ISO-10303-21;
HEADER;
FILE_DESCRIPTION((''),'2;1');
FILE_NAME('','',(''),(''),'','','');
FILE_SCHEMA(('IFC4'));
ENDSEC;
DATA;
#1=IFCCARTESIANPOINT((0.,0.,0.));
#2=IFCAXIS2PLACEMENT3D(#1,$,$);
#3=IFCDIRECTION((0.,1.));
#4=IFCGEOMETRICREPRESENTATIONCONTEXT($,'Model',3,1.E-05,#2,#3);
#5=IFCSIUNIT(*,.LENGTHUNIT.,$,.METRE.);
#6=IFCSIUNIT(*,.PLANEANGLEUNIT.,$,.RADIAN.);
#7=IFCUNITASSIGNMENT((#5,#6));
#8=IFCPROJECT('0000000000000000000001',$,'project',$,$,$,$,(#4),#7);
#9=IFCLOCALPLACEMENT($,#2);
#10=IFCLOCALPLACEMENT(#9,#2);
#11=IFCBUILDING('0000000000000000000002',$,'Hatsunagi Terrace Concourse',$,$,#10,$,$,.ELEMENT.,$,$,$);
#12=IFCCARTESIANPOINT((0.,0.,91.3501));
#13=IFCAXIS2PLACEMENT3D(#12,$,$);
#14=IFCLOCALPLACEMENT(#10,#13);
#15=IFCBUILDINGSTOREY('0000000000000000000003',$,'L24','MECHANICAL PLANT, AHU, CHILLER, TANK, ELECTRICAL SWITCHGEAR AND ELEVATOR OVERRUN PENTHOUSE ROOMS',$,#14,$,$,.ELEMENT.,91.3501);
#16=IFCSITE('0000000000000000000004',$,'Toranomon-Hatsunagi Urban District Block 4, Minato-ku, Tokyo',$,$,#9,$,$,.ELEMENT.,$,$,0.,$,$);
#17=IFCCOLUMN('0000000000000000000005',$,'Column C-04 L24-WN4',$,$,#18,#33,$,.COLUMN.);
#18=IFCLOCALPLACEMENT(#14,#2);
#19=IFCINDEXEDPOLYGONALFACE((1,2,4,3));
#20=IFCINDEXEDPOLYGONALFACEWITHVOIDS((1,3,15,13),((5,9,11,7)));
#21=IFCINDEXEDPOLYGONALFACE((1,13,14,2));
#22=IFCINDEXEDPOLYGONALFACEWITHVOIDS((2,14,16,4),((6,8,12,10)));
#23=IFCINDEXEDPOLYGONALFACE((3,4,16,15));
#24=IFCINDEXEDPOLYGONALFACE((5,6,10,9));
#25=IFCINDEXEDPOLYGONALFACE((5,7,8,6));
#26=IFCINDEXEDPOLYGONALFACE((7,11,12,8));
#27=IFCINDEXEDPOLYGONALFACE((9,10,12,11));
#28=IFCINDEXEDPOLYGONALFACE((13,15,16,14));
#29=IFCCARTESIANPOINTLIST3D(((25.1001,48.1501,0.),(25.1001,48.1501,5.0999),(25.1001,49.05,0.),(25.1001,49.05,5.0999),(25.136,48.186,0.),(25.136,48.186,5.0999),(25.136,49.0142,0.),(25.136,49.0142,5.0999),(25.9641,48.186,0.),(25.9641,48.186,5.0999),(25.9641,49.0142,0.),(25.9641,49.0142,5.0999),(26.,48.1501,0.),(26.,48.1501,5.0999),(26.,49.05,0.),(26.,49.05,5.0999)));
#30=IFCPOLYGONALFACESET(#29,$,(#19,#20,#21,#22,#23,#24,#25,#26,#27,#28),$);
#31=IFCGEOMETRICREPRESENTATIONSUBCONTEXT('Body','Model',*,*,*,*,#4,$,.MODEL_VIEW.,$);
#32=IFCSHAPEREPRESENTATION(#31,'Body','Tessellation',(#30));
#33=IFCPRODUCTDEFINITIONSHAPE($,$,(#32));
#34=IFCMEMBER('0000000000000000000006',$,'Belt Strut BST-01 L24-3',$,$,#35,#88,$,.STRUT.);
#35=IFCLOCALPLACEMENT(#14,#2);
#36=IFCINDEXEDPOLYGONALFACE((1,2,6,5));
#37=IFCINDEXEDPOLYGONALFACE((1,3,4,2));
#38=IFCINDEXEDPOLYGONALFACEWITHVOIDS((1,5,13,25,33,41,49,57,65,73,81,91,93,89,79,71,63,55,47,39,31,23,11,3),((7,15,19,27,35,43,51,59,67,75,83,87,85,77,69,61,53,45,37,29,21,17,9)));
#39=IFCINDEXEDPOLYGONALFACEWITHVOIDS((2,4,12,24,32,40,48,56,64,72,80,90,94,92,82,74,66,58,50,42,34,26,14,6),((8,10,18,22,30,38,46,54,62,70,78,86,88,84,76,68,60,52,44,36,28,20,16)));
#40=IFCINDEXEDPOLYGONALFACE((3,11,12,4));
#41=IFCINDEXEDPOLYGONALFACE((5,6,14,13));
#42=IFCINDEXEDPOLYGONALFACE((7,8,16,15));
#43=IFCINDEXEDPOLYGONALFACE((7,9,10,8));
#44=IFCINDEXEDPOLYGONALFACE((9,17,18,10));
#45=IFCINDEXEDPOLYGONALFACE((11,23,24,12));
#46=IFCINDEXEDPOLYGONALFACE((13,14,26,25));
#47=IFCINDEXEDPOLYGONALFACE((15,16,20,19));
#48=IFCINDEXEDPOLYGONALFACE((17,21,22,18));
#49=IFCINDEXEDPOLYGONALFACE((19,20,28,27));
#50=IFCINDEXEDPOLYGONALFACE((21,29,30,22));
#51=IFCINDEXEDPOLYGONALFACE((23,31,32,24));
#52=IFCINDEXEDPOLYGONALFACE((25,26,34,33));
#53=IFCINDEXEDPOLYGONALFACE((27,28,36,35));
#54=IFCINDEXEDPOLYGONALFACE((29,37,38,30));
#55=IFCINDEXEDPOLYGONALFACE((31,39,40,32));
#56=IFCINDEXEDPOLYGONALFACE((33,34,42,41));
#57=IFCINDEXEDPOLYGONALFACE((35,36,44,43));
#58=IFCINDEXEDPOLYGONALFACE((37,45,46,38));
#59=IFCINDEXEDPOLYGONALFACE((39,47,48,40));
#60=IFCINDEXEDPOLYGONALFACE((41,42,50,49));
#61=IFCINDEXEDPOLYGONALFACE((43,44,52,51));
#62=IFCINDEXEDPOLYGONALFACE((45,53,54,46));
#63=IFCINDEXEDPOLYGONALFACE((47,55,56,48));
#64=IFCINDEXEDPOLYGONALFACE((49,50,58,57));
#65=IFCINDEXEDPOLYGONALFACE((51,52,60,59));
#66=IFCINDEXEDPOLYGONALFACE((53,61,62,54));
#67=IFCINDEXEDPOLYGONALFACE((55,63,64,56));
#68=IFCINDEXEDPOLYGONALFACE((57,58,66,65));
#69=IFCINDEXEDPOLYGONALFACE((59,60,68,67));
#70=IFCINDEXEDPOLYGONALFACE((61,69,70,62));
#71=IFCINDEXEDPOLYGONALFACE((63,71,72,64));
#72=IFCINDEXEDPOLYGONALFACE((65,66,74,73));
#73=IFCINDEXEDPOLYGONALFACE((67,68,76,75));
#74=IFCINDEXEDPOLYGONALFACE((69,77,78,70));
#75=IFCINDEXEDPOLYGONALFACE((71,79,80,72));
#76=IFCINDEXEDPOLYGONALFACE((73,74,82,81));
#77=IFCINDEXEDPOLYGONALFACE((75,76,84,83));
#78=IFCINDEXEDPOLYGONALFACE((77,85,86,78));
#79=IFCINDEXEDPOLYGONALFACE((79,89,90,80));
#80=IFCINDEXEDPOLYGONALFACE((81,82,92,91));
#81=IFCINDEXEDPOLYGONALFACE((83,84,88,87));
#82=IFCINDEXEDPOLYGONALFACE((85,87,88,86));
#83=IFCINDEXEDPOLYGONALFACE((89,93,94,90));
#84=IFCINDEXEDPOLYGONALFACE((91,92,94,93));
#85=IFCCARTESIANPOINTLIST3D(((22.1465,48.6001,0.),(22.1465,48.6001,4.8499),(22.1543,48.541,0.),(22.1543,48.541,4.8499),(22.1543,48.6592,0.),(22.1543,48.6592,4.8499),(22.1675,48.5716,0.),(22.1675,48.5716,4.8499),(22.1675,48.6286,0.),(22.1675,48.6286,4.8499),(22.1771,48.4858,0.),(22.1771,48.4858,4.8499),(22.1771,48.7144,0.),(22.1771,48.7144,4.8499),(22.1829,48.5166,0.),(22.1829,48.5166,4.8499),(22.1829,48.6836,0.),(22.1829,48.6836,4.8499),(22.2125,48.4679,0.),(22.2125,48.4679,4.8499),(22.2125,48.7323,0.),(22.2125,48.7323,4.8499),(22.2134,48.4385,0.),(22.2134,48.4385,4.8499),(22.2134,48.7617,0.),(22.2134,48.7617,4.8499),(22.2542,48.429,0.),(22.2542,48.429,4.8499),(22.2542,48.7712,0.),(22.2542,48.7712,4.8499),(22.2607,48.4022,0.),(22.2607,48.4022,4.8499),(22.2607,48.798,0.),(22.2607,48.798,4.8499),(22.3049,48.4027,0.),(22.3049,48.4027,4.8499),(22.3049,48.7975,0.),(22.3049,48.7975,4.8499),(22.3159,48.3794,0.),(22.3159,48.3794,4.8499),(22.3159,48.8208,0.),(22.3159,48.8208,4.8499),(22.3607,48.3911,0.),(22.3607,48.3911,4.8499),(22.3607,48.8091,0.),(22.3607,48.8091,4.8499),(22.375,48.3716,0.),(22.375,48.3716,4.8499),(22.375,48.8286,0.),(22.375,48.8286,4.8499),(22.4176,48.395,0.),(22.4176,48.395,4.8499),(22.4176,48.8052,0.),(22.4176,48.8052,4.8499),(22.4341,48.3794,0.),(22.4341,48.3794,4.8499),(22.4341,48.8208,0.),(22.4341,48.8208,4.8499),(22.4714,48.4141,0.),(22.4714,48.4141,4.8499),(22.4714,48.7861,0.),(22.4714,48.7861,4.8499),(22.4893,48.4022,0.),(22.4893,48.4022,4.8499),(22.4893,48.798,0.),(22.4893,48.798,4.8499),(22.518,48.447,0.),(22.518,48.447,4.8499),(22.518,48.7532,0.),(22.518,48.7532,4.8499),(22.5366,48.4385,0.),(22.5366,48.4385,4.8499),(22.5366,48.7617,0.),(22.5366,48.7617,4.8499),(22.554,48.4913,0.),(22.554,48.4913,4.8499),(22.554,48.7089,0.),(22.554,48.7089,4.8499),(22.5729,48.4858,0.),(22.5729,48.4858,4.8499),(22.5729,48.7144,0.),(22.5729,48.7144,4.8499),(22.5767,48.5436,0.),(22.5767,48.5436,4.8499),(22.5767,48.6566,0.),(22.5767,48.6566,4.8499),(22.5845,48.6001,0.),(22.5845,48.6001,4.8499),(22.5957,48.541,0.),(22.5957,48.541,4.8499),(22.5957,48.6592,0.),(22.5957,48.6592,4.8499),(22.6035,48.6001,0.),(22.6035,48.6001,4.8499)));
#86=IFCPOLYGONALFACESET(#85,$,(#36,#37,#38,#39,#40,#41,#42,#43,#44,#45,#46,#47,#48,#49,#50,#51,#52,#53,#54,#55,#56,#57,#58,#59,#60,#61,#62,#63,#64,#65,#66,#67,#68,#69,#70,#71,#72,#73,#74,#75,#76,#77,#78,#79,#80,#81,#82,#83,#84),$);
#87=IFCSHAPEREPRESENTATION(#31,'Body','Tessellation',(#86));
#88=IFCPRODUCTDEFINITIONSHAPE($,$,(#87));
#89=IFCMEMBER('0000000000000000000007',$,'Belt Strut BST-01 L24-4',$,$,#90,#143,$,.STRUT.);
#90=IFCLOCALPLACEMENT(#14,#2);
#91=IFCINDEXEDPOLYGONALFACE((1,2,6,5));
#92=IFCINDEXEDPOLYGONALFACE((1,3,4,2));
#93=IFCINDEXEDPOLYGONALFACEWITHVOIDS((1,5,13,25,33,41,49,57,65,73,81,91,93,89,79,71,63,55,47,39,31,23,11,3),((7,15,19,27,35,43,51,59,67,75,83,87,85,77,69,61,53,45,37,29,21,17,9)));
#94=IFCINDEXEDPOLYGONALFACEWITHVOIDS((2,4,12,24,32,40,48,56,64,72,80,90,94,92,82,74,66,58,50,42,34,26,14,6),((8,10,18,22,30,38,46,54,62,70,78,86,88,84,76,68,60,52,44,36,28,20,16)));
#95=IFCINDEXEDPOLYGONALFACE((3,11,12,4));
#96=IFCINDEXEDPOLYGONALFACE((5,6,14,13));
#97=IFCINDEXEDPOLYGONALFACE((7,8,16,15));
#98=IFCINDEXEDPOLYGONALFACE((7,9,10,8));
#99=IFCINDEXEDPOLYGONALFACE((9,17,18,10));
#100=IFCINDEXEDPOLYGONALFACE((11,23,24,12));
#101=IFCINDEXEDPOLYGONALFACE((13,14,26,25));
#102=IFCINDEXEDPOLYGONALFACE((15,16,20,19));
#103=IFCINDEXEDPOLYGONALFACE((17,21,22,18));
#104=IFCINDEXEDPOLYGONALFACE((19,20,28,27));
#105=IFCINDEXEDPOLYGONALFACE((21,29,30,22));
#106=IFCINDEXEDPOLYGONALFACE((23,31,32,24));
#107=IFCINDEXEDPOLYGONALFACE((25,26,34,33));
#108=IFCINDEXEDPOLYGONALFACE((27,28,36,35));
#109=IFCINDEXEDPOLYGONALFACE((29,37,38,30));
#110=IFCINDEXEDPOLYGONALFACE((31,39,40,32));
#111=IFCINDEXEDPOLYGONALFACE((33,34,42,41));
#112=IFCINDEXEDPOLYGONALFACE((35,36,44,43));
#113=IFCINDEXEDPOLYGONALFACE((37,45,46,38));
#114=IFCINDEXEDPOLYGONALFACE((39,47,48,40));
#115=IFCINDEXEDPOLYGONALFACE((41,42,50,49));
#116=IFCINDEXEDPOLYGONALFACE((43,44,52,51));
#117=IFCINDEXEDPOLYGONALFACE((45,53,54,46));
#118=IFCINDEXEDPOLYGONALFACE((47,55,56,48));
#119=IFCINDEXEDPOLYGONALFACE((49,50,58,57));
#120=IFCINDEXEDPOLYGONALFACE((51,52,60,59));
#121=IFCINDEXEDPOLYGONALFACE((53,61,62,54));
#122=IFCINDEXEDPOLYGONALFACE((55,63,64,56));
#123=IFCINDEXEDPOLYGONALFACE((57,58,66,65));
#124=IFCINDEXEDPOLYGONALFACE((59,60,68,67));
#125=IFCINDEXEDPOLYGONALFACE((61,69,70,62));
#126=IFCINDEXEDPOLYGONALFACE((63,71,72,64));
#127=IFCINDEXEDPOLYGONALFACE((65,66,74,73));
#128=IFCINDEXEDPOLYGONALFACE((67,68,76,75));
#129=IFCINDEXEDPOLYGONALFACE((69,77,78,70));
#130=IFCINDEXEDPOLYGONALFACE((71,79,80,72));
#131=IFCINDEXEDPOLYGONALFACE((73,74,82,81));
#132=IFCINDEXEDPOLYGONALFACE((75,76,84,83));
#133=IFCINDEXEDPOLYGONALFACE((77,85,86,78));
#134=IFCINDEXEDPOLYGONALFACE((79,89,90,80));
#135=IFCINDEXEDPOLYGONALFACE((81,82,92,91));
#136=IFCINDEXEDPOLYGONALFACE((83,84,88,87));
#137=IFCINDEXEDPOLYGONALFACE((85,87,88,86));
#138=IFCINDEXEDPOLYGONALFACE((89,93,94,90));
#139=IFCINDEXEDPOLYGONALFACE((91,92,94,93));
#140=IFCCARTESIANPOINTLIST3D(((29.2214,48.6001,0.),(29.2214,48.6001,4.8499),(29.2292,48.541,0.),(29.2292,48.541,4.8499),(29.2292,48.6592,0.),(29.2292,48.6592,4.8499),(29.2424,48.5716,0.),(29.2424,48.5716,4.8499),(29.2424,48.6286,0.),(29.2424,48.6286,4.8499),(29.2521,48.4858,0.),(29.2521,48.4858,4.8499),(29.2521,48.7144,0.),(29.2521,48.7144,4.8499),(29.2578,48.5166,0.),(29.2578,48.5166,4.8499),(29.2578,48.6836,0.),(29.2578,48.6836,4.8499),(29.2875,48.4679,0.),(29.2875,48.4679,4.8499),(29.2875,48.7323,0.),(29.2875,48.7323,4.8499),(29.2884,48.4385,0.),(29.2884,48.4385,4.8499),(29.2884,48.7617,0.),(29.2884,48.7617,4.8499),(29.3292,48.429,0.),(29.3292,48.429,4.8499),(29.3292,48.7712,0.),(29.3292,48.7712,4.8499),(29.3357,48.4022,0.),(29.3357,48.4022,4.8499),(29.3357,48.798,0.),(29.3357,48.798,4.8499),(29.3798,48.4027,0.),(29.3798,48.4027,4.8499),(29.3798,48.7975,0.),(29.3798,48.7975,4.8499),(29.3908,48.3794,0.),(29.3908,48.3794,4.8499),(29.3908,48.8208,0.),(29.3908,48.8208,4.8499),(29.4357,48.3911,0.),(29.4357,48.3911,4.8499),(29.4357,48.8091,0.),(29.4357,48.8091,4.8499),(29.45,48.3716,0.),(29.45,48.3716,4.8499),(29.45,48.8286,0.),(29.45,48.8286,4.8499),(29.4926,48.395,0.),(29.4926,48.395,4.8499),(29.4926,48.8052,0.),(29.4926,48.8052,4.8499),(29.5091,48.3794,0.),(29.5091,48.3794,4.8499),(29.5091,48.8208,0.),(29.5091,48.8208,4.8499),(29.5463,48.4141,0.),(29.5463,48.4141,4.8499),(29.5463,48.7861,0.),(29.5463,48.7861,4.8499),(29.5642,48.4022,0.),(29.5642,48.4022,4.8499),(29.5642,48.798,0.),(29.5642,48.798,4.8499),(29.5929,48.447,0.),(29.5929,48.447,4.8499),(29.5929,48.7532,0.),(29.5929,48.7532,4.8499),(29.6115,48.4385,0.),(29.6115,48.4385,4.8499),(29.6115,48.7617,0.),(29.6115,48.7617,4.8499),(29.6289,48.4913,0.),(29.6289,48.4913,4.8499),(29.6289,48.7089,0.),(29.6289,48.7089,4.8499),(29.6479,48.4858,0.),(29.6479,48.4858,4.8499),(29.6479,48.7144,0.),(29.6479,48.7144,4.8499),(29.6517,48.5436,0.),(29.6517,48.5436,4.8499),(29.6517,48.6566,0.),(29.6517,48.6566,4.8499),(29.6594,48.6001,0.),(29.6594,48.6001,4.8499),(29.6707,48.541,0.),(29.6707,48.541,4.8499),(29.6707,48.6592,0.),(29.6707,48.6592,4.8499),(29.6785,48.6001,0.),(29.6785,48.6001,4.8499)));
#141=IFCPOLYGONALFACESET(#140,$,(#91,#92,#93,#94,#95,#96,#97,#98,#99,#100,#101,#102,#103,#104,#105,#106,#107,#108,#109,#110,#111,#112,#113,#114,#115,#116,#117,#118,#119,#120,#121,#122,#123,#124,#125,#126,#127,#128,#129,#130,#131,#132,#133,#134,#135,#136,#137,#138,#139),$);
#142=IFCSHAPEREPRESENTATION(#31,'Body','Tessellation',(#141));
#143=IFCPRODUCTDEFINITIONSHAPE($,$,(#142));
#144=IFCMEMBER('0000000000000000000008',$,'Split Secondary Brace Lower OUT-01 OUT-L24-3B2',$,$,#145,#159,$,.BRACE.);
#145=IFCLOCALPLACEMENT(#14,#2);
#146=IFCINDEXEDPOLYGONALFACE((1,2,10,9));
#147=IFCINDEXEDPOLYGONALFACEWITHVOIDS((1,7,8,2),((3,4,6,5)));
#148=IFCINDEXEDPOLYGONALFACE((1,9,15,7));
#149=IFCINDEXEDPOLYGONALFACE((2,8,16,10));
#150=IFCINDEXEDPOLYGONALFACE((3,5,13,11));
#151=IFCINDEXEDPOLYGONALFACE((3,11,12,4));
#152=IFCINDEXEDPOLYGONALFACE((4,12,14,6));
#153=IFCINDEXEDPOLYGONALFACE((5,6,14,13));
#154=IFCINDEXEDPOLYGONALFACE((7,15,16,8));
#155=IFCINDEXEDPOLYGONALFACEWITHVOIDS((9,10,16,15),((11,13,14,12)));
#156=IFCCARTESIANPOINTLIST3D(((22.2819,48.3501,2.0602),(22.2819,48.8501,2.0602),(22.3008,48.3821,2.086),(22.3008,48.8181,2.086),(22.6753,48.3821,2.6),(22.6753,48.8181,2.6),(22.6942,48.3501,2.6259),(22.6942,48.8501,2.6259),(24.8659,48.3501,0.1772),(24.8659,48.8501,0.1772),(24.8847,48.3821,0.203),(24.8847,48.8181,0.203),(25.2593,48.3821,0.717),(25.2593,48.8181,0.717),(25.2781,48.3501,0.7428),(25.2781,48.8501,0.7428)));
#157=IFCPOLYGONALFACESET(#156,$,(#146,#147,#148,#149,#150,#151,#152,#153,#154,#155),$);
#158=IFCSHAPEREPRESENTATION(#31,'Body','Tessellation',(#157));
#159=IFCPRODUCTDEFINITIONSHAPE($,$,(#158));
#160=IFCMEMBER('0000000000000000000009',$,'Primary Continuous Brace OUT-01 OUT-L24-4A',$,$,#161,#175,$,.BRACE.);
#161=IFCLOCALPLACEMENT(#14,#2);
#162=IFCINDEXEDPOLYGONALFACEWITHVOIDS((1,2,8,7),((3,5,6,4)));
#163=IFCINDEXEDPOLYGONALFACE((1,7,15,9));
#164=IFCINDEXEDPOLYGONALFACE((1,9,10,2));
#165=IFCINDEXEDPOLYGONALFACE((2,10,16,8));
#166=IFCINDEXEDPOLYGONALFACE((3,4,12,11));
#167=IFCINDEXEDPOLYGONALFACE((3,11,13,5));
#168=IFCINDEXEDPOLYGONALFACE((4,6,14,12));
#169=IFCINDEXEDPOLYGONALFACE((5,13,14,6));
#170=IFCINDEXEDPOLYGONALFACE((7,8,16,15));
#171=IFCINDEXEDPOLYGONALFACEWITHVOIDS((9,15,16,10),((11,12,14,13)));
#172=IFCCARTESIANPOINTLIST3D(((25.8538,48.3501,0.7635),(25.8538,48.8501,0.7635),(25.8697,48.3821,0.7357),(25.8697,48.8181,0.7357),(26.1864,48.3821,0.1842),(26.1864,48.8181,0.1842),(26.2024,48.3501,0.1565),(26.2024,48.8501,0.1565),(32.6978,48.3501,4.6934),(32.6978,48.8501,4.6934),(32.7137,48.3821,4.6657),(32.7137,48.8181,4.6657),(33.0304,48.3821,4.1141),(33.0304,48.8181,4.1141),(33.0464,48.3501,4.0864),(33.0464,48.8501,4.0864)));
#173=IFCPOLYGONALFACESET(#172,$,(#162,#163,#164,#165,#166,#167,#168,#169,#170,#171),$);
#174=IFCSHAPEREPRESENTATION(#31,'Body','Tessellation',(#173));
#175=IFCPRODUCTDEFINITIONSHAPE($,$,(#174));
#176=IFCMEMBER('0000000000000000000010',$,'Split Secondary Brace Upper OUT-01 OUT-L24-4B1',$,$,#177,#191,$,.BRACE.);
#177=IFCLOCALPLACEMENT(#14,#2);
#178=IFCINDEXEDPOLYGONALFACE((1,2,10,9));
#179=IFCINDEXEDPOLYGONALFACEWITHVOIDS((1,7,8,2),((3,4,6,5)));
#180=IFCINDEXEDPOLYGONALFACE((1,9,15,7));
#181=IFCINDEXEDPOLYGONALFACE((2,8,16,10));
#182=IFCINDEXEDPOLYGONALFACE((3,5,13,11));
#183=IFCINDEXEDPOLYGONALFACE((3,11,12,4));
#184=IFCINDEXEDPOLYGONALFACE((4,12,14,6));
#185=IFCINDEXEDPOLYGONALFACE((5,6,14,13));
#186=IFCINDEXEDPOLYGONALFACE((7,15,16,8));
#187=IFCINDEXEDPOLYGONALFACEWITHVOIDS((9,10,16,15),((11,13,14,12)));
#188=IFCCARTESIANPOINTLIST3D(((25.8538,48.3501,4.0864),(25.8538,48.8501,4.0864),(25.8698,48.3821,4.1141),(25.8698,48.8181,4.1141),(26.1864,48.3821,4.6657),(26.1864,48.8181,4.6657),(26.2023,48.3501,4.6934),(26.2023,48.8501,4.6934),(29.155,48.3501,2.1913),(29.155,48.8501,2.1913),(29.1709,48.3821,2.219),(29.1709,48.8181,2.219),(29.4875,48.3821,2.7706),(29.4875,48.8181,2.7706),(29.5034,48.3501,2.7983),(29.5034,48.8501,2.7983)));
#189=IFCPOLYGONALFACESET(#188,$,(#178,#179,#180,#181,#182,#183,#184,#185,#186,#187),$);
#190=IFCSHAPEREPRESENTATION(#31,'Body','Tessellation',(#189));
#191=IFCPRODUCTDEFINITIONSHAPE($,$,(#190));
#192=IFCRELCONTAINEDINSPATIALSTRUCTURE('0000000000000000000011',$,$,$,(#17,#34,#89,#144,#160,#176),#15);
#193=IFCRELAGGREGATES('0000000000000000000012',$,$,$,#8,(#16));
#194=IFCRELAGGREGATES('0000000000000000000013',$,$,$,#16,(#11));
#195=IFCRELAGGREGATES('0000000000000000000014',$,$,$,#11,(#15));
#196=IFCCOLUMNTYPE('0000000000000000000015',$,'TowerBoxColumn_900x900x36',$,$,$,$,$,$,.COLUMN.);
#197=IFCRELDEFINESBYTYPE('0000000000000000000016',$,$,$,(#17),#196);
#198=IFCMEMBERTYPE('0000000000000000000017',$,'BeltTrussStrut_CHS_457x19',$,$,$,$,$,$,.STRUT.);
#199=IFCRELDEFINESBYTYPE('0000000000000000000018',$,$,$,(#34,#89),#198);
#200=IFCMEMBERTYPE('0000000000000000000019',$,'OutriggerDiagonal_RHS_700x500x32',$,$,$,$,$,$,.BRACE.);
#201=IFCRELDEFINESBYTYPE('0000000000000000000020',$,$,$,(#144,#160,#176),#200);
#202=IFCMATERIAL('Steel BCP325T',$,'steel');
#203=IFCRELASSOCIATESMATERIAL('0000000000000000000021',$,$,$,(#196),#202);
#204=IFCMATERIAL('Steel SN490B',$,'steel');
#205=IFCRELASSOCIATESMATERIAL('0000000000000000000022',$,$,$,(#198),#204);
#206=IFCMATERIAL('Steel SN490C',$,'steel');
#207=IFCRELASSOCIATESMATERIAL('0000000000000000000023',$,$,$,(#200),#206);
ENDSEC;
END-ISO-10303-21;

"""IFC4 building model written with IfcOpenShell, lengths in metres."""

from ifc_helpers import new_model, si_unit, direction, frame, origin, origin_2d, place, context, subcontext, project, spatial, hollow_rectangle, hollow_circle, extrude, material, material_profile, profile_set, type_object, element, save


model = new_model("IFC4")

# Units and contexts
model_context = context("Model", 3, precision=1e-05, world=origin(), true_north=direction((0.0, 1.0)))
body_context = subcontext(model_context, "Body", "Model", "MODEL_VIEW")
ifc_project = project(units=[si_unit("LENGTHUNIT", "METRE"), si_unit("PLANEANGLEUNIT", "RADIAN")], contexts=[model_context])

# Site, building, storey
site_placement = place(None, origin())
site = spatial("IfcSite", under=ifc_project, at=site_placement, Name="Toranomon-Hatsunagi Urban District Block 4, Minato-ku, Tokyo", CompositionType="ELEMENT", RefElevation=0.0)
building_placement = place(site_placement, origin())
building = spatial("IfcBuilding", under=site, at=building_placement, Name="Hatsunagi Terrace Concourse", CompositionType="ELEMENT")
storey_placement = place(building_placement, frame((0.0, 0.0, 91.3501)))
storey = spatial("IfcBuildingStorey", under=building, at=storey_placement, Name="L24", Description="MECHANICAL PLANT, AHU, CHILLER, TANK, ELECTRICAL SWITCHGEAR AND ELEVATOR OVERRUN PENTHOUSE ROOMS", CompositionType="ELEMENT", Elevation=91.3501)

# Column
ifc_material_1 = material(Name="Steel BCP325T", Category="steel")
ifc_material_profile_1 = material_profile(ifc_material_1, hollow_rectangle(XDim=0.8999, YDim=0.8999, WallThickness=0.0359, at=origin_2d()), Name="BCP-900x900x36")
ifc_profile_set_1 = profile_set([ifc_material_profile_1], Name="Steel BCP325T")
column_type = type_object("IfcColumnType", Name="TowerBoxColumn_900x900x36", PredefinedType="COLUMN", material=ifc_profile_set_1)
column_placement = place(storey_placement, frame((25.55, 48.6001, 0.0), z_axis=(0.0, 0.0, 1.0), x_axis=(1.0, 0.0, 0.0)))
element("IfcColumn", 1, at=column_placement, inside=storey, type_object=column_type, Name="Column C-04 L24-WN4", PredefinedType="COLUMN", context=body_context, shape_type="SweptSolid", body=[
    extrude(hollow_rectangle(XDim=0.8999, YDim=0.8999, WallThickness=0.0359, at=origin_2d()), origin(), (0.0, 0.0, 1.0), 5.0999),
])

# Members
ifc_material_2 = material(Name="Steel SN490B", Category="steel")
ifc_material_profile_2 = material_profile(ifc_material_2, hollow_circle(Radius=0.2285, WallThickness=0.019, at=origin_2d()), Name="CHS-457.2x19")
ifc_profile_set_2 = profile_set([ifc_material_profile_2], Name="Steel SN490B")
member_type_1 = type_object("IfcMemberType", Name="BeltTrussStrut_CHS_457x19", PredefinedType="STRUT", material=ifc_profile_set_2)
for number, where, z_axis, x_axis, name in (
    (2, (22.375, 48.6001, 0.0), (0.0, 0.0, 1.0), (1.0, 0.0, 0.0), "Belt Strut BST-01 L24-3"),
    (3, (29.45, 48.6001, 0.0), (0.0, 0.0, 1.0), (1.0, 0.0, 0.0), "Belt Strut BST-01 L24-4"),
):
    element("IfcMember", number, at=place(storey_placement, frame(where, z_axis=z_axis, x_axis=x_axis)), inside=storey, type_object=member_type_1, Name=name, PredefinedType="STRUT", context=body_context, shape_type="SweptSolid", body=[
        extrude(hollow_circle(Radius=0.2285, WallThickness=0.019, at=origin_2d()), origin(), (0.0, 0.0, 1.0), 4.8499),
    ])
ifc_material_3 = material(Name="Steel SN490C", Category="steel")
ifc_material_profile_3 = material_profile(ifc_material_3, hollow_rectangle(XDim=0.5, YDim=0.7, WallThickness=0.032, at=origin_2d()), Name="RHS-700x500x32")
ifc_profile_set_3 = profile_set([ifc_material_profile_3], Name="Steel SN490C")
member_type_2 = type_object("IfcMemberType", Name="OutriggerDiagonal_RHS_700x500x32", PredefinedType="BRACE", material=ifc_profile_set_3)
member_1_placement = place(storey_placement, frame((22.488, 48.6001, 2.343), z_axis=(0.808171, 0.0, -0.588948), x_axis=(0.0, 1.0, 0.0)))
element("IfcMember", 4, at=member_1_placement, inside=storey, type_object=member_type_2, Name="Split Secondary Brace Lower OUT-01 OUT-L24-3B2", PredefinedType="BRACE", context=body_context, shape_type="SweptSolid", body=[
    extrude(hollow_rectangle(XDim=0.5, YDim=0.7, WallThickness=0.032, at=origin_2d()), origin(), (0.0, 0.0, 1.0), 3.1973),
])
member_2_placement = place(storey_placement, frame((26.0281, 48.6001, 0.46), z_axis=(0.8672, 0.0, 0.49796), x_axis=(0.0, 1.0, 0.0)))
element("IfcMember", 5, at=member_2_placement, inside=storey, type_object=member_type_2, Name="Primary Continuous Brace OUT-01 OUT-L24-4A", PredefinedType="BRACE", context=body_context, shape_type="SweptSolid", body=[
    extrude(hollow_rectangle(XDim=0.5, YDim=0.7, WallThickness=0.032, at=origin_2d()), origin(), (0.0, 0.0, 1.0), 7.8921),
])
for number, where, z_axis, x_axis, name in (
    (6, (26.0281, 48.6001, 4.3899), (0.867255, 0.0, -0.497865), (0.0, 1.0, 0.0), "Split Secondary Brace Upper OUT-01 OUT-L24-4B1"),
):
    element("IfcMember", number, at=place(storey_placement, frame(where, z_axis=z_axis, x_axis=x_axis)), inside=storey, type_object=member_type_2, Name=name, PredefinedType="BRACE", context=body_context, shape_type="SweptSolid", body=[
        extrude(hollow_rectangle(XDim=0.5, YDim=0.7, WallThickness=0.032, at=origin_2d()), origin(), (0.0, 0.0, 1.0), 3.8064),
    ])

save(model, "model.ifc")
